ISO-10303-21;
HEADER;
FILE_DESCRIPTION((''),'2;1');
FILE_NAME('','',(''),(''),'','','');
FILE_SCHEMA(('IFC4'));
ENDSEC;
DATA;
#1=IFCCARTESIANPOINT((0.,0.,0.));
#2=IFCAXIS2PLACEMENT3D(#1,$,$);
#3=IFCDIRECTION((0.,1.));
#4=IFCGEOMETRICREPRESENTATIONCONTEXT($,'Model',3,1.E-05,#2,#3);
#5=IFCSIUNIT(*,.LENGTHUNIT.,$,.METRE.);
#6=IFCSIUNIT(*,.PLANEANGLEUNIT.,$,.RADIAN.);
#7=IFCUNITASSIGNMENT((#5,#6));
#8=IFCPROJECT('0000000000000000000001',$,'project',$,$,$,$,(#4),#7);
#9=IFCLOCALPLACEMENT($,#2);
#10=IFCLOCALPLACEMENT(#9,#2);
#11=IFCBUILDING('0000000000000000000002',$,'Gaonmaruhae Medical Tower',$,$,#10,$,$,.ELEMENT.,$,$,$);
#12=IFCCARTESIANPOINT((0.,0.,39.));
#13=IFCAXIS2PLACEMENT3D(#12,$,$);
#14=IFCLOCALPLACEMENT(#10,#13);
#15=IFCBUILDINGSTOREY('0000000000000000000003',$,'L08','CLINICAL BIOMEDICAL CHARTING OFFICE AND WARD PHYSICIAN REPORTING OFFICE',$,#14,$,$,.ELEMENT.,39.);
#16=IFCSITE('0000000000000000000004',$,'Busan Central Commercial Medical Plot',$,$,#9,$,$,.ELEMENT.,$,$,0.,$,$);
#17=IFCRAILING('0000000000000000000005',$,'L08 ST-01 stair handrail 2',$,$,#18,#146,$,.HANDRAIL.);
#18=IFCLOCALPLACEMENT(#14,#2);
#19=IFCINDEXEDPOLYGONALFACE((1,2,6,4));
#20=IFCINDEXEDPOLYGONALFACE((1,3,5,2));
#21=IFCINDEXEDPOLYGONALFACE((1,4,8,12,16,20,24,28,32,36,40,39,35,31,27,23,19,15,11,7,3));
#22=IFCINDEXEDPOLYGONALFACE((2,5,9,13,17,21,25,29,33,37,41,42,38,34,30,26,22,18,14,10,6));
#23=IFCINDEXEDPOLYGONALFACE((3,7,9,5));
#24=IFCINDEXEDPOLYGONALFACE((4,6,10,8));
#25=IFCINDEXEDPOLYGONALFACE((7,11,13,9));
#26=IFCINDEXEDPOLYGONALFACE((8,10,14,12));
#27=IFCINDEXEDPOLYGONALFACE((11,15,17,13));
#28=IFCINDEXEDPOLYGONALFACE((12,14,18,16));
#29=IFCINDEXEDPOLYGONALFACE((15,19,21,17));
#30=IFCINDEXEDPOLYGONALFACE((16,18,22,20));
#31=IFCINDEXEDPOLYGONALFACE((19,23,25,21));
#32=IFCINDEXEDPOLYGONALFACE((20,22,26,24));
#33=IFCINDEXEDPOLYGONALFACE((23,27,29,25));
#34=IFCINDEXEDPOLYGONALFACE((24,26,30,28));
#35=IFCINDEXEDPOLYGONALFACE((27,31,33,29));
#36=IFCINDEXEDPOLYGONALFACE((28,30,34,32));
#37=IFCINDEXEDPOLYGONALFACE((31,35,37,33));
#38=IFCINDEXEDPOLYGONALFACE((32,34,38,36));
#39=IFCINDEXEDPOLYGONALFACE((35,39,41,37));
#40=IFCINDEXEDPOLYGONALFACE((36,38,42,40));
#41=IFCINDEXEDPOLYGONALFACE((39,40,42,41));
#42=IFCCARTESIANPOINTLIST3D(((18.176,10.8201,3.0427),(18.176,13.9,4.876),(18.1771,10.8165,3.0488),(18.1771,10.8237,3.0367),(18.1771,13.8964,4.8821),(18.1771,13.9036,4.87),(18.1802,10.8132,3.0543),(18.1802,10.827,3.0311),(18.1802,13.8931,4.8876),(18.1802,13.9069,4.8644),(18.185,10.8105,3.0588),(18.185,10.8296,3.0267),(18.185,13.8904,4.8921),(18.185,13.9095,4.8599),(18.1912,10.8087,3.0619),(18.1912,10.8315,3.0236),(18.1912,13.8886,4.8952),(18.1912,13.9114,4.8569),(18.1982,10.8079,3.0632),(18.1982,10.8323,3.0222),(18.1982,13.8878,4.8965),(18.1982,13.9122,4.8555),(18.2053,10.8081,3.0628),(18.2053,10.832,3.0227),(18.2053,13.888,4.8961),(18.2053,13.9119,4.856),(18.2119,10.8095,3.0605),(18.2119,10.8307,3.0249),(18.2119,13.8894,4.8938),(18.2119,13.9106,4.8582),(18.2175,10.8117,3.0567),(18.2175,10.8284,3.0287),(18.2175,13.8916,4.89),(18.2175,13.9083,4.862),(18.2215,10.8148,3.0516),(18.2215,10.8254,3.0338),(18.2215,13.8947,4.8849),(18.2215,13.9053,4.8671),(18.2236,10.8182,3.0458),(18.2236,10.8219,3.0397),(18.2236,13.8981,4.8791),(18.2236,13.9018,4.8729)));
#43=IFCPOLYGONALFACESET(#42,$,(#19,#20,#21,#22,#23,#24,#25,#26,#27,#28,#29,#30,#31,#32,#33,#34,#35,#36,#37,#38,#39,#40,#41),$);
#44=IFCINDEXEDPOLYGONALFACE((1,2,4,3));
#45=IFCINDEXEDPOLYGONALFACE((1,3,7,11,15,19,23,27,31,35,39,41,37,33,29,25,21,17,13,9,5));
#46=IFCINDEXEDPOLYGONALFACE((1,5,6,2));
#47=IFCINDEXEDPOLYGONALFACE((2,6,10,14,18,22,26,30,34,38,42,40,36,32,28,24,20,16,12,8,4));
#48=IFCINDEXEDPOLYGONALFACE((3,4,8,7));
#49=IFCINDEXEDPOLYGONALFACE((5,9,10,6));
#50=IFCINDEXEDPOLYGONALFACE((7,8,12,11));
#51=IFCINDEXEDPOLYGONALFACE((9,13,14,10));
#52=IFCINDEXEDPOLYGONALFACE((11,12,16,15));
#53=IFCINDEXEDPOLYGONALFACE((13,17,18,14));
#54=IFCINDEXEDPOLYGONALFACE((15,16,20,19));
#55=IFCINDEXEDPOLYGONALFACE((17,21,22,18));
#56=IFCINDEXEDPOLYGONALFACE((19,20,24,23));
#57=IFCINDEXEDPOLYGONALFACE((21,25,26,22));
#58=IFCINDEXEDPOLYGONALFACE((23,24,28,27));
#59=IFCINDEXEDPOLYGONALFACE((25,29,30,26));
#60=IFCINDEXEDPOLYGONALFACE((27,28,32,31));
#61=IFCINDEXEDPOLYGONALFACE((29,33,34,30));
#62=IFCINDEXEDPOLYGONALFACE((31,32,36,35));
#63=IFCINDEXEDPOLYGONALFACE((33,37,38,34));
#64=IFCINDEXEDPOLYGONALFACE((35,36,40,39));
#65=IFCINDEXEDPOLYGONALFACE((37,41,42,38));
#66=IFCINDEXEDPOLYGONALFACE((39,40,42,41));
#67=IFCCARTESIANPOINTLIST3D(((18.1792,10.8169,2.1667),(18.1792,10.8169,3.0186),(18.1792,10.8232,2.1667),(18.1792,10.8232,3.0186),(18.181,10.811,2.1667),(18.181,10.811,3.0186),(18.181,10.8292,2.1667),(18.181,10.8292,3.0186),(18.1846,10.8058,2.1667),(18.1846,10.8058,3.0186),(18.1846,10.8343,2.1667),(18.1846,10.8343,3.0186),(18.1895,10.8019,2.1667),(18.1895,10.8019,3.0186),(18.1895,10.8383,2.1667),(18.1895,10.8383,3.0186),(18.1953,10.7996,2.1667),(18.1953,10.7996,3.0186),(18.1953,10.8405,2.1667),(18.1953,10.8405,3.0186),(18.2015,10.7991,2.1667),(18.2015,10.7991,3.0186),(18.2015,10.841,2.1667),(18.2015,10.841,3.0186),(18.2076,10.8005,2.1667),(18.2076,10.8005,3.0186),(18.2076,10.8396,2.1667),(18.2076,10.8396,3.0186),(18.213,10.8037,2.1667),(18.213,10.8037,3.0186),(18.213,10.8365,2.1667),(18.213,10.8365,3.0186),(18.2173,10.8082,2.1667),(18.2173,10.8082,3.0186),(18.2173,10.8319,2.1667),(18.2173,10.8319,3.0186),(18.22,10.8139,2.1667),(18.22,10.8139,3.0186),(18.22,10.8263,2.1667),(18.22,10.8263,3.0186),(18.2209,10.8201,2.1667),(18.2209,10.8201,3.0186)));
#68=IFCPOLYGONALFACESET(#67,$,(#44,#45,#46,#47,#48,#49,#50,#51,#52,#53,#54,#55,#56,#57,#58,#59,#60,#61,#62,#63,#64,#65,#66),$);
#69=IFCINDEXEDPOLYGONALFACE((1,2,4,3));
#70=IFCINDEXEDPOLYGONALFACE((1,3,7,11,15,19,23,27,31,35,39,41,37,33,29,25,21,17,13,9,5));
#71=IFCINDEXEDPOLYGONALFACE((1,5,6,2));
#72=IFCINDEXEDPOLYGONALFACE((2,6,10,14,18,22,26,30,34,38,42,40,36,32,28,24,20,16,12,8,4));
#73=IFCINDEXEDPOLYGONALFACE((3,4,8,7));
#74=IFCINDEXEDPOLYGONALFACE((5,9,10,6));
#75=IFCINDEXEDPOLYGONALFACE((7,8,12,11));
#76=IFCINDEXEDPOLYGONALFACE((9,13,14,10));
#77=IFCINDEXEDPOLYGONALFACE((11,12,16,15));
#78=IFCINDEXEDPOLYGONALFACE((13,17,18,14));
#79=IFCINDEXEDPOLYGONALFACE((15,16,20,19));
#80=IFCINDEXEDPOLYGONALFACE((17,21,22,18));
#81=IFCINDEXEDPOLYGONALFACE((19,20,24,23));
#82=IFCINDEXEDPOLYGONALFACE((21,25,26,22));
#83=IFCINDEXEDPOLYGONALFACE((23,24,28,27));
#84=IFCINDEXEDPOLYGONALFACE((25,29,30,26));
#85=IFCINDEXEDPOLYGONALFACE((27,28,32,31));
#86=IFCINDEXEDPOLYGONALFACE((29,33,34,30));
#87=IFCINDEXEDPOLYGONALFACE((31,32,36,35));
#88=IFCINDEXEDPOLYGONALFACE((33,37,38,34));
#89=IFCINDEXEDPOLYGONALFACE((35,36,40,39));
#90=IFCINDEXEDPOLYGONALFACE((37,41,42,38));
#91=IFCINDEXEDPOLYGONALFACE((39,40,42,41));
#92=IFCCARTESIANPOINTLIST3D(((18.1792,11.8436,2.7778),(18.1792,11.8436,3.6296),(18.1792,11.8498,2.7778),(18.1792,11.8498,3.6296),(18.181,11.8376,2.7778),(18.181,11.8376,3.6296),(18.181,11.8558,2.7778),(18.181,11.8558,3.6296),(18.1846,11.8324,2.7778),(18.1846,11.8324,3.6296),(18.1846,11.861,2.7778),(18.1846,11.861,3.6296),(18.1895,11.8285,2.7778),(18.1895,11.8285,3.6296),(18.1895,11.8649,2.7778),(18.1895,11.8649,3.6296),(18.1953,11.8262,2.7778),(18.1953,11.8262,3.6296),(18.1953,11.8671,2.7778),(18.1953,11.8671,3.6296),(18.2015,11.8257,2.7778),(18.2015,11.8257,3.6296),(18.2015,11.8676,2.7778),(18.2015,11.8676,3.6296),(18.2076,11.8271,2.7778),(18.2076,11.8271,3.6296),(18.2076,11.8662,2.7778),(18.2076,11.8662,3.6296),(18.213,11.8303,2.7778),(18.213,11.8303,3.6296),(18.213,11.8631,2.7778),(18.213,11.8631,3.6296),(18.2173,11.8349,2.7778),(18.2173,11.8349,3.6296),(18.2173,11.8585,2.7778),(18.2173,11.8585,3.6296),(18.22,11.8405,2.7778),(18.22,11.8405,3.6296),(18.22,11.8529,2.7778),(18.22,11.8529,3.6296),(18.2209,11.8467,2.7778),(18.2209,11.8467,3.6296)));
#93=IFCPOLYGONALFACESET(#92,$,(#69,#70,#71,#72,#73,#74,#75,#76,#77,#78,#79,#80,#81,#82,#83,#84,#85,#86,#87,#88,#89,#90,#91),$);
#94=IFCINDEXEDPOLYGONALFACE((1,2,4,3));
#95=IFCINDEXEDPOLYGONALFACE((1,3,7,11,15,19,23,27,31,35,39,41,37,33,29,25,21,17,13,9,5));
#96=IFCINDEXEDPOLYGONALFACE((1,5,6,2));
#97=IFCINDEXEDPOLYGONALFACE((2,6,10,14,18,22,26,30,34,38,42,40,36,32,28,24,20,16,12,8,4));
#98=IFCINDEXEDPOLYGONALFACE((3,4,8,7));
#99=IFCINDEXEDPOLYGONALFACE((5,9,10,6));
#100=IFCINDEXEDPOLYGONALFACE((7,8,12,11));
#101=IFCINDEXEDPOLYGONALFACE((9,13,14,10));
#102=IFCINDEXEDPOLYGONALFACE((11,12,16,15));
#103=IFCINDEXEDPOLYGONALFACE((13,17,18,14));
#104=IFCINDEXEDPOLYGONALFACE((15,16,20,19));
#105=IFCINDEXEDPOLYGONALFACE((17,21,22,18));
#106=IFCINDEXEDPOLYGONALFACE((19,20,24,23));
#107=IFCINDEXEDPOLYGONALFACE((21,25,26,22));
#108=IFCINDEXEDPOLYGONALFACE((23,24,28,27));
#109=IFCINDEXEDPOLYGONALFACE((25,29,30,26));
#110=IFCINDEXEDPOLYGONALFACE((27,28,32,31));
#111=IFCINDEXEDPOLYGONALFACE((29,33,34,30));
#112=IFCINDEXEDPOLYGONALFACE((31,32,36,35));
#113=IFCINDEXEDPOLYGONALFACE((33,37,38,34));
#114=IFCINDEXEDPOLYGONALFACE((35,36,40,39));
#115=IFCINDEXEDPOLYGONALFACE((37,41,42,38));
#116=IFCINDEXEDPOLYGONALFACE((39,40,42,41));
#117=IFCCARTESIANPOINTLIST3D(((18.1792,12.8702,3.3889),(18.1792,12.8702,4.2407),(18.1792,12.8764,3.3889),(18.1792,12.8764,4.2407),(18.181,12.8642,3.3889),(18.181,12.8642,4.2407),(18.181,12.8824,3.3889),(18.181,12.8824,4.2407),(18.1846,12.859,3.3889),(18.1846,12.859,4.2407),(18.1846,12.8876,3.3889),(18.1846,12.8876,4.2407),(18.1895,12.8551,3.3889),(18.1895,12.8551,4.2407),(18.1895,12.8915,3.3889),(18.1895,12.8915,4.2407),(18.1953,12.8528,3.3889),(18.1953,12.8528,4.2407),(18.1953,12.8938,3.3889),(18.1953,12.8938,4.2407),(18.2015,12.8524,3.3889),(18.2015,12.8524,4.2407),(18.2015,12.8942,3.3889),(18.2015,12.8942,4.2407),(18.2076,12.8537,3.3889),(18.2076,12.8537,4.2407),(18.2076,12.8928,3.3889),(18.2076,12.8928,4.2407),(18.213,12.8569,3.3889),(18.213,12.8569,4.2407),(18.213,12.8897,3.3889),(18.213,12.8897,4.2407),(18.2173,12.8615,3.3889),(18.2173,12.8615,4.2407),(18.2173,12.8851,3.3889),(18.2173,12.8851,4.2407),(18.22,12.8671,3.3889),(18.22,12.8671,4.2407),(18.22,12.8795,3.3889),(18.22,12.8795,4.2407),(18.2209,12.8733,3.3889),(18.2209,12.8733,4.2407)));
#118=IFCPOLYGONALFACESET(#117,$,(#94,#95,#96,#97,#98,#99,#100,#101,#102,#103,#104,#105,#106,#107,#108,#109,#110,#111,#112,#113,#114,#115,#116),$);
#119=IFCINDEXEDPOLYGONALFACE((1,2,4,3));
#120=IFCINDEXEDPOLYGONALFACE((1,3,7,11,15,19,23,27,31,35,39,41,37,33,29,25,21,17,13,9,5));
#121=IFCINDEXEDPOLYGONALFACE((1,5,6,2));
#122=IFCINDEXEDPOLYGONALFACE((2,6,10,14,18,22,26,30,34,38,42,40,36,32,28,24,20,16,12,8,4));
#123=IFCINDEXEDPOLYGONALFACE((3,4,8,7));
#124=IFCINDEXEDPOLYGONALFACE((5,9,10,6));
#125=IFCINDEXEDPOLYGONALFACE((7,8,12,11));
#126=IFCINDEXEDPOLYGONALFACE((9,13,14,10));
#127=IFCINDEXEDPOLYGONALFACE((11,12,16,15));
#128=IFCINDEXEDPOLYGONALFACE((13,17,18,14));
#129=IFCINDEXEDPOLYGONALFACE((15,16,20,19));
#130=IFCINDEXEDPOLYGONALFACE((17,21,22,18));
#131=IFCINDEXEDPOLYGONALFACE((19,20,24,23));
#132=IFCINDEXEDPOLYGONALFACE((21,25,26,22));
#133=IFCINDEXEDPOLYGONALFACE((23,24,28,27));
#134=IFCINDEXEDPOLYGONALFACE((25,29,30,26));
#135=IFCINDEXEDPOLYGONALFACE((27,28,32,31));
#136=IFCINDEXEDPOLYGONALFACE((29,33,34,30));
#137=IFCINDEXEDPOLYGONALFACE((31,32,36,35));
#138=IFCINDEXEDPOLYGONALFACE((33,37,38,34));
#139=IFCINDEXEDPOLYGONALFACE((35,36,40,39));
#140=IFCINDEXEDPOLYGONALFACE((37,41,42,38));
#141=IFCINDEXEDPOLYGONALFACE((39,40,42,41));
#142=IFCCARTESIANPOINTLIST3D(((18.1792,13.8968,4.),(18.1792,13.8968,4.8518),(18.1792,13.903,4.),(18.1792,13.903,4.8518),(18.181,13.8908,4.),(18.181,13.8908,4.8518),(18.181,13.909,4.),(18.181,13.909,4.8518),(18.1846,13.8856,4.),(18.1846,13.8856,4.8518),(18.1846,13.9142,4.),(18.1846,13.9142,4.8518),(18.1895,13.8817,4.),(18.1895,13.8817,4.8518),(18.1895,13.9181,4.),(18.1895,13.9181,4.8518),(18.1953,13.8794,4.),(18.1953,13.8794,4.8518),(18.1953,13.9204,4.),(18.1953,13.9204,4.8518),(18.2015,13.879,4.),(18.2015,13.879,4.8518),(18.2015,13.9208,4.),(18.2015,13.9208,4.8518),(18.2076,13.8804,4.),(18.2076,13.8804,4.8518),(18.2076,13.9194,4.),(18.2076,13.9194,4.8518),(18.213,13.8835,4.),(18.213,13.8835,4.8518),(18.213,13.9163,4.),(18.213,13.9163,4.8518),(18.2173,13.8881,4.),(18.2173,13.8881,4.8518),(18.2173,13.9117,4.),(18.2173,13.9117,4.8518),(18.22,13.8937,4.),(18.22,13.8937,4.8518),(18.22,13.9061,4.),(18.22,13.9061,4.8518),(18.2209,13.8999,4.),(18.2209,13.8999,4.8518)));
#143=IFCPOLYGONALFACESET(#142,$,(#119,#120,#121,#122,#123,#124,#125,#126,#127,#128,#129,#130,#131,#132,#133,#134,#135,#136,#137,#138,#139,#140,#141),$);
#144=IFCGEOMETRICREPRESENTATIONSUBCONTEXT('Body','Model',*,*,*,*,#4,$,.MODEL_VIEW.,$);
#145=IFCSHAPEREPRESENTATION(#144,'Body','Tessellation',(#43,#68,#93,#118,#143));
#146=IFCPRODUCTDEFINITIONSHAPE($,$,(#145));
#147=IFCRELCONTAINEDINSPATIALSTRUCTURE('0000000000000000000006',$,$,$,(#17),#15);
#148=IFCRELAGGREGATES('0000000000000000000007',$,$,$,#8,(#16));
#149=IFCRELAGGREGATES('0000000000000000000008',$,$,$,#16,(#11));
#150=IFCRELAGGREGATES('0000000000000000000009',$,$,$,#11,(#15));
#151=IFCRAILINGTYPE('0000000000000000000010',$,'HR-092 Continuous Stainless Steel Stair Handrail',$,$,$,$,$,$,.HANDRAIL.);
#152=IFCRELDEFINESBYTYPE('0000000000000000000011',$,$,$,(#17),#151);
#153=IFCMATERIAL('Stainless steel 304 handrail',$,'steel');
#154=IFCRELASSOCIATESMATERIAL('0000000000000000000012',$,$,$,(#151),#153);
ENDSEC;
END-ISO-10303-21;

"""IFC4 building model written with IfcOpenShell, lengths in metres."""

from ifc_helpers import new_model, si_unit, direction, frame, origin, origin_2d, place, context, subcontext, project, spatial, circle, extrude, material, type_object, element, save


model = new_model("IFC4")

# Units and contexts
model_context = context("Model", 3, precision=1e-05, world=origin(), true_north=direction((0.0, 1.0)))
body_context = subcontext(model_context, "Body", "Model", "MODEL_VIEW")
ifc_project = project(units=[si_unit("LENGTHUNIT", "METRE"), si_unit("PLANEANGLEUNIT", "RADIAN")], contexts=[model_context])

# Site, building, storey
site_placement = place(None, origin())
site = spatial("IfcSite", under=ifc_project, at=site_placement, Name="Busan Central Commercial Medical Plot", CompositionType="ELEMENT", RefElevation=0.0)
building_placement = place(site_placement, origin())
building = spatial("IfcBuilding", under=site, at=building_placement, Name="Gaonmaruhae Medical Tower", CompositionType="ELEMENT")
storey_placement = place(building_placement, frame((0.0, 0.0, 39.0)))
storey = spatial("IfcBuildingStorey", under=building, at=storey_placement, Name="L08", Description="CLINICAL BIOMEDICAL CHARTING OFFICE AND WARD PHYSICIAN REPORTING OFFICE", CompositionType="ELEMENT", Elevation=39.0)

# Railing
ifc_material_1 = material(Name="Stainless steel 304 handrail", Category="steel")
railing_type_1 = type_object("IfcRailingType", Name="HR-092 Continuous Stainless Steel Stair Handrail", PredefinedType="HANDRAIL", material=ifc_material_1)
railing_1_placement = place(storey_placement, frame((18.2, 10.8201, 2.1667)))
element("IfcRailing", 1, at=railing_1_placement, inside=storey, type_object=railing_type_1, Name="L08 ST-01 stair handrail 2", PredefinedType="HANDRAIL", context=body_context, shape_type="SweptSolid", body=[
    extrude(circle(Radius=0.0239, at=origin_2d()), frame((0.0, 0.0, 0.876), z_axis=(0.0, 0.859291, 0.511487), x_axis=(-1.0, 0.0, 0.0)), (0.0, 0.0, 1.0), 3.5842),
    extrude(circle(Radius=0.021, at=origin_2d()), origin(), (0.0, 0.0, 1.0), 0.8518),
    extrude(circle(Radius=0.021, at=origin_2d()), frame((0.0, 1.0266, 0.6111)), (0.0, 0.0, 1.0), 0.8518),
    extrude(circle(Radius=0.021, at=origin_2d()), frame((0.0, 2.0532, 1.2222)), (0.0, 0.0, 1.0), 0.8518),
    extrude(circle(Radius=0.021, at=origin_2d()), frame((0.0, 3.0798, 1.8333)), (0.0, 0.0, 1.0), 0.8518),
])

save(model, "model.ifc")
